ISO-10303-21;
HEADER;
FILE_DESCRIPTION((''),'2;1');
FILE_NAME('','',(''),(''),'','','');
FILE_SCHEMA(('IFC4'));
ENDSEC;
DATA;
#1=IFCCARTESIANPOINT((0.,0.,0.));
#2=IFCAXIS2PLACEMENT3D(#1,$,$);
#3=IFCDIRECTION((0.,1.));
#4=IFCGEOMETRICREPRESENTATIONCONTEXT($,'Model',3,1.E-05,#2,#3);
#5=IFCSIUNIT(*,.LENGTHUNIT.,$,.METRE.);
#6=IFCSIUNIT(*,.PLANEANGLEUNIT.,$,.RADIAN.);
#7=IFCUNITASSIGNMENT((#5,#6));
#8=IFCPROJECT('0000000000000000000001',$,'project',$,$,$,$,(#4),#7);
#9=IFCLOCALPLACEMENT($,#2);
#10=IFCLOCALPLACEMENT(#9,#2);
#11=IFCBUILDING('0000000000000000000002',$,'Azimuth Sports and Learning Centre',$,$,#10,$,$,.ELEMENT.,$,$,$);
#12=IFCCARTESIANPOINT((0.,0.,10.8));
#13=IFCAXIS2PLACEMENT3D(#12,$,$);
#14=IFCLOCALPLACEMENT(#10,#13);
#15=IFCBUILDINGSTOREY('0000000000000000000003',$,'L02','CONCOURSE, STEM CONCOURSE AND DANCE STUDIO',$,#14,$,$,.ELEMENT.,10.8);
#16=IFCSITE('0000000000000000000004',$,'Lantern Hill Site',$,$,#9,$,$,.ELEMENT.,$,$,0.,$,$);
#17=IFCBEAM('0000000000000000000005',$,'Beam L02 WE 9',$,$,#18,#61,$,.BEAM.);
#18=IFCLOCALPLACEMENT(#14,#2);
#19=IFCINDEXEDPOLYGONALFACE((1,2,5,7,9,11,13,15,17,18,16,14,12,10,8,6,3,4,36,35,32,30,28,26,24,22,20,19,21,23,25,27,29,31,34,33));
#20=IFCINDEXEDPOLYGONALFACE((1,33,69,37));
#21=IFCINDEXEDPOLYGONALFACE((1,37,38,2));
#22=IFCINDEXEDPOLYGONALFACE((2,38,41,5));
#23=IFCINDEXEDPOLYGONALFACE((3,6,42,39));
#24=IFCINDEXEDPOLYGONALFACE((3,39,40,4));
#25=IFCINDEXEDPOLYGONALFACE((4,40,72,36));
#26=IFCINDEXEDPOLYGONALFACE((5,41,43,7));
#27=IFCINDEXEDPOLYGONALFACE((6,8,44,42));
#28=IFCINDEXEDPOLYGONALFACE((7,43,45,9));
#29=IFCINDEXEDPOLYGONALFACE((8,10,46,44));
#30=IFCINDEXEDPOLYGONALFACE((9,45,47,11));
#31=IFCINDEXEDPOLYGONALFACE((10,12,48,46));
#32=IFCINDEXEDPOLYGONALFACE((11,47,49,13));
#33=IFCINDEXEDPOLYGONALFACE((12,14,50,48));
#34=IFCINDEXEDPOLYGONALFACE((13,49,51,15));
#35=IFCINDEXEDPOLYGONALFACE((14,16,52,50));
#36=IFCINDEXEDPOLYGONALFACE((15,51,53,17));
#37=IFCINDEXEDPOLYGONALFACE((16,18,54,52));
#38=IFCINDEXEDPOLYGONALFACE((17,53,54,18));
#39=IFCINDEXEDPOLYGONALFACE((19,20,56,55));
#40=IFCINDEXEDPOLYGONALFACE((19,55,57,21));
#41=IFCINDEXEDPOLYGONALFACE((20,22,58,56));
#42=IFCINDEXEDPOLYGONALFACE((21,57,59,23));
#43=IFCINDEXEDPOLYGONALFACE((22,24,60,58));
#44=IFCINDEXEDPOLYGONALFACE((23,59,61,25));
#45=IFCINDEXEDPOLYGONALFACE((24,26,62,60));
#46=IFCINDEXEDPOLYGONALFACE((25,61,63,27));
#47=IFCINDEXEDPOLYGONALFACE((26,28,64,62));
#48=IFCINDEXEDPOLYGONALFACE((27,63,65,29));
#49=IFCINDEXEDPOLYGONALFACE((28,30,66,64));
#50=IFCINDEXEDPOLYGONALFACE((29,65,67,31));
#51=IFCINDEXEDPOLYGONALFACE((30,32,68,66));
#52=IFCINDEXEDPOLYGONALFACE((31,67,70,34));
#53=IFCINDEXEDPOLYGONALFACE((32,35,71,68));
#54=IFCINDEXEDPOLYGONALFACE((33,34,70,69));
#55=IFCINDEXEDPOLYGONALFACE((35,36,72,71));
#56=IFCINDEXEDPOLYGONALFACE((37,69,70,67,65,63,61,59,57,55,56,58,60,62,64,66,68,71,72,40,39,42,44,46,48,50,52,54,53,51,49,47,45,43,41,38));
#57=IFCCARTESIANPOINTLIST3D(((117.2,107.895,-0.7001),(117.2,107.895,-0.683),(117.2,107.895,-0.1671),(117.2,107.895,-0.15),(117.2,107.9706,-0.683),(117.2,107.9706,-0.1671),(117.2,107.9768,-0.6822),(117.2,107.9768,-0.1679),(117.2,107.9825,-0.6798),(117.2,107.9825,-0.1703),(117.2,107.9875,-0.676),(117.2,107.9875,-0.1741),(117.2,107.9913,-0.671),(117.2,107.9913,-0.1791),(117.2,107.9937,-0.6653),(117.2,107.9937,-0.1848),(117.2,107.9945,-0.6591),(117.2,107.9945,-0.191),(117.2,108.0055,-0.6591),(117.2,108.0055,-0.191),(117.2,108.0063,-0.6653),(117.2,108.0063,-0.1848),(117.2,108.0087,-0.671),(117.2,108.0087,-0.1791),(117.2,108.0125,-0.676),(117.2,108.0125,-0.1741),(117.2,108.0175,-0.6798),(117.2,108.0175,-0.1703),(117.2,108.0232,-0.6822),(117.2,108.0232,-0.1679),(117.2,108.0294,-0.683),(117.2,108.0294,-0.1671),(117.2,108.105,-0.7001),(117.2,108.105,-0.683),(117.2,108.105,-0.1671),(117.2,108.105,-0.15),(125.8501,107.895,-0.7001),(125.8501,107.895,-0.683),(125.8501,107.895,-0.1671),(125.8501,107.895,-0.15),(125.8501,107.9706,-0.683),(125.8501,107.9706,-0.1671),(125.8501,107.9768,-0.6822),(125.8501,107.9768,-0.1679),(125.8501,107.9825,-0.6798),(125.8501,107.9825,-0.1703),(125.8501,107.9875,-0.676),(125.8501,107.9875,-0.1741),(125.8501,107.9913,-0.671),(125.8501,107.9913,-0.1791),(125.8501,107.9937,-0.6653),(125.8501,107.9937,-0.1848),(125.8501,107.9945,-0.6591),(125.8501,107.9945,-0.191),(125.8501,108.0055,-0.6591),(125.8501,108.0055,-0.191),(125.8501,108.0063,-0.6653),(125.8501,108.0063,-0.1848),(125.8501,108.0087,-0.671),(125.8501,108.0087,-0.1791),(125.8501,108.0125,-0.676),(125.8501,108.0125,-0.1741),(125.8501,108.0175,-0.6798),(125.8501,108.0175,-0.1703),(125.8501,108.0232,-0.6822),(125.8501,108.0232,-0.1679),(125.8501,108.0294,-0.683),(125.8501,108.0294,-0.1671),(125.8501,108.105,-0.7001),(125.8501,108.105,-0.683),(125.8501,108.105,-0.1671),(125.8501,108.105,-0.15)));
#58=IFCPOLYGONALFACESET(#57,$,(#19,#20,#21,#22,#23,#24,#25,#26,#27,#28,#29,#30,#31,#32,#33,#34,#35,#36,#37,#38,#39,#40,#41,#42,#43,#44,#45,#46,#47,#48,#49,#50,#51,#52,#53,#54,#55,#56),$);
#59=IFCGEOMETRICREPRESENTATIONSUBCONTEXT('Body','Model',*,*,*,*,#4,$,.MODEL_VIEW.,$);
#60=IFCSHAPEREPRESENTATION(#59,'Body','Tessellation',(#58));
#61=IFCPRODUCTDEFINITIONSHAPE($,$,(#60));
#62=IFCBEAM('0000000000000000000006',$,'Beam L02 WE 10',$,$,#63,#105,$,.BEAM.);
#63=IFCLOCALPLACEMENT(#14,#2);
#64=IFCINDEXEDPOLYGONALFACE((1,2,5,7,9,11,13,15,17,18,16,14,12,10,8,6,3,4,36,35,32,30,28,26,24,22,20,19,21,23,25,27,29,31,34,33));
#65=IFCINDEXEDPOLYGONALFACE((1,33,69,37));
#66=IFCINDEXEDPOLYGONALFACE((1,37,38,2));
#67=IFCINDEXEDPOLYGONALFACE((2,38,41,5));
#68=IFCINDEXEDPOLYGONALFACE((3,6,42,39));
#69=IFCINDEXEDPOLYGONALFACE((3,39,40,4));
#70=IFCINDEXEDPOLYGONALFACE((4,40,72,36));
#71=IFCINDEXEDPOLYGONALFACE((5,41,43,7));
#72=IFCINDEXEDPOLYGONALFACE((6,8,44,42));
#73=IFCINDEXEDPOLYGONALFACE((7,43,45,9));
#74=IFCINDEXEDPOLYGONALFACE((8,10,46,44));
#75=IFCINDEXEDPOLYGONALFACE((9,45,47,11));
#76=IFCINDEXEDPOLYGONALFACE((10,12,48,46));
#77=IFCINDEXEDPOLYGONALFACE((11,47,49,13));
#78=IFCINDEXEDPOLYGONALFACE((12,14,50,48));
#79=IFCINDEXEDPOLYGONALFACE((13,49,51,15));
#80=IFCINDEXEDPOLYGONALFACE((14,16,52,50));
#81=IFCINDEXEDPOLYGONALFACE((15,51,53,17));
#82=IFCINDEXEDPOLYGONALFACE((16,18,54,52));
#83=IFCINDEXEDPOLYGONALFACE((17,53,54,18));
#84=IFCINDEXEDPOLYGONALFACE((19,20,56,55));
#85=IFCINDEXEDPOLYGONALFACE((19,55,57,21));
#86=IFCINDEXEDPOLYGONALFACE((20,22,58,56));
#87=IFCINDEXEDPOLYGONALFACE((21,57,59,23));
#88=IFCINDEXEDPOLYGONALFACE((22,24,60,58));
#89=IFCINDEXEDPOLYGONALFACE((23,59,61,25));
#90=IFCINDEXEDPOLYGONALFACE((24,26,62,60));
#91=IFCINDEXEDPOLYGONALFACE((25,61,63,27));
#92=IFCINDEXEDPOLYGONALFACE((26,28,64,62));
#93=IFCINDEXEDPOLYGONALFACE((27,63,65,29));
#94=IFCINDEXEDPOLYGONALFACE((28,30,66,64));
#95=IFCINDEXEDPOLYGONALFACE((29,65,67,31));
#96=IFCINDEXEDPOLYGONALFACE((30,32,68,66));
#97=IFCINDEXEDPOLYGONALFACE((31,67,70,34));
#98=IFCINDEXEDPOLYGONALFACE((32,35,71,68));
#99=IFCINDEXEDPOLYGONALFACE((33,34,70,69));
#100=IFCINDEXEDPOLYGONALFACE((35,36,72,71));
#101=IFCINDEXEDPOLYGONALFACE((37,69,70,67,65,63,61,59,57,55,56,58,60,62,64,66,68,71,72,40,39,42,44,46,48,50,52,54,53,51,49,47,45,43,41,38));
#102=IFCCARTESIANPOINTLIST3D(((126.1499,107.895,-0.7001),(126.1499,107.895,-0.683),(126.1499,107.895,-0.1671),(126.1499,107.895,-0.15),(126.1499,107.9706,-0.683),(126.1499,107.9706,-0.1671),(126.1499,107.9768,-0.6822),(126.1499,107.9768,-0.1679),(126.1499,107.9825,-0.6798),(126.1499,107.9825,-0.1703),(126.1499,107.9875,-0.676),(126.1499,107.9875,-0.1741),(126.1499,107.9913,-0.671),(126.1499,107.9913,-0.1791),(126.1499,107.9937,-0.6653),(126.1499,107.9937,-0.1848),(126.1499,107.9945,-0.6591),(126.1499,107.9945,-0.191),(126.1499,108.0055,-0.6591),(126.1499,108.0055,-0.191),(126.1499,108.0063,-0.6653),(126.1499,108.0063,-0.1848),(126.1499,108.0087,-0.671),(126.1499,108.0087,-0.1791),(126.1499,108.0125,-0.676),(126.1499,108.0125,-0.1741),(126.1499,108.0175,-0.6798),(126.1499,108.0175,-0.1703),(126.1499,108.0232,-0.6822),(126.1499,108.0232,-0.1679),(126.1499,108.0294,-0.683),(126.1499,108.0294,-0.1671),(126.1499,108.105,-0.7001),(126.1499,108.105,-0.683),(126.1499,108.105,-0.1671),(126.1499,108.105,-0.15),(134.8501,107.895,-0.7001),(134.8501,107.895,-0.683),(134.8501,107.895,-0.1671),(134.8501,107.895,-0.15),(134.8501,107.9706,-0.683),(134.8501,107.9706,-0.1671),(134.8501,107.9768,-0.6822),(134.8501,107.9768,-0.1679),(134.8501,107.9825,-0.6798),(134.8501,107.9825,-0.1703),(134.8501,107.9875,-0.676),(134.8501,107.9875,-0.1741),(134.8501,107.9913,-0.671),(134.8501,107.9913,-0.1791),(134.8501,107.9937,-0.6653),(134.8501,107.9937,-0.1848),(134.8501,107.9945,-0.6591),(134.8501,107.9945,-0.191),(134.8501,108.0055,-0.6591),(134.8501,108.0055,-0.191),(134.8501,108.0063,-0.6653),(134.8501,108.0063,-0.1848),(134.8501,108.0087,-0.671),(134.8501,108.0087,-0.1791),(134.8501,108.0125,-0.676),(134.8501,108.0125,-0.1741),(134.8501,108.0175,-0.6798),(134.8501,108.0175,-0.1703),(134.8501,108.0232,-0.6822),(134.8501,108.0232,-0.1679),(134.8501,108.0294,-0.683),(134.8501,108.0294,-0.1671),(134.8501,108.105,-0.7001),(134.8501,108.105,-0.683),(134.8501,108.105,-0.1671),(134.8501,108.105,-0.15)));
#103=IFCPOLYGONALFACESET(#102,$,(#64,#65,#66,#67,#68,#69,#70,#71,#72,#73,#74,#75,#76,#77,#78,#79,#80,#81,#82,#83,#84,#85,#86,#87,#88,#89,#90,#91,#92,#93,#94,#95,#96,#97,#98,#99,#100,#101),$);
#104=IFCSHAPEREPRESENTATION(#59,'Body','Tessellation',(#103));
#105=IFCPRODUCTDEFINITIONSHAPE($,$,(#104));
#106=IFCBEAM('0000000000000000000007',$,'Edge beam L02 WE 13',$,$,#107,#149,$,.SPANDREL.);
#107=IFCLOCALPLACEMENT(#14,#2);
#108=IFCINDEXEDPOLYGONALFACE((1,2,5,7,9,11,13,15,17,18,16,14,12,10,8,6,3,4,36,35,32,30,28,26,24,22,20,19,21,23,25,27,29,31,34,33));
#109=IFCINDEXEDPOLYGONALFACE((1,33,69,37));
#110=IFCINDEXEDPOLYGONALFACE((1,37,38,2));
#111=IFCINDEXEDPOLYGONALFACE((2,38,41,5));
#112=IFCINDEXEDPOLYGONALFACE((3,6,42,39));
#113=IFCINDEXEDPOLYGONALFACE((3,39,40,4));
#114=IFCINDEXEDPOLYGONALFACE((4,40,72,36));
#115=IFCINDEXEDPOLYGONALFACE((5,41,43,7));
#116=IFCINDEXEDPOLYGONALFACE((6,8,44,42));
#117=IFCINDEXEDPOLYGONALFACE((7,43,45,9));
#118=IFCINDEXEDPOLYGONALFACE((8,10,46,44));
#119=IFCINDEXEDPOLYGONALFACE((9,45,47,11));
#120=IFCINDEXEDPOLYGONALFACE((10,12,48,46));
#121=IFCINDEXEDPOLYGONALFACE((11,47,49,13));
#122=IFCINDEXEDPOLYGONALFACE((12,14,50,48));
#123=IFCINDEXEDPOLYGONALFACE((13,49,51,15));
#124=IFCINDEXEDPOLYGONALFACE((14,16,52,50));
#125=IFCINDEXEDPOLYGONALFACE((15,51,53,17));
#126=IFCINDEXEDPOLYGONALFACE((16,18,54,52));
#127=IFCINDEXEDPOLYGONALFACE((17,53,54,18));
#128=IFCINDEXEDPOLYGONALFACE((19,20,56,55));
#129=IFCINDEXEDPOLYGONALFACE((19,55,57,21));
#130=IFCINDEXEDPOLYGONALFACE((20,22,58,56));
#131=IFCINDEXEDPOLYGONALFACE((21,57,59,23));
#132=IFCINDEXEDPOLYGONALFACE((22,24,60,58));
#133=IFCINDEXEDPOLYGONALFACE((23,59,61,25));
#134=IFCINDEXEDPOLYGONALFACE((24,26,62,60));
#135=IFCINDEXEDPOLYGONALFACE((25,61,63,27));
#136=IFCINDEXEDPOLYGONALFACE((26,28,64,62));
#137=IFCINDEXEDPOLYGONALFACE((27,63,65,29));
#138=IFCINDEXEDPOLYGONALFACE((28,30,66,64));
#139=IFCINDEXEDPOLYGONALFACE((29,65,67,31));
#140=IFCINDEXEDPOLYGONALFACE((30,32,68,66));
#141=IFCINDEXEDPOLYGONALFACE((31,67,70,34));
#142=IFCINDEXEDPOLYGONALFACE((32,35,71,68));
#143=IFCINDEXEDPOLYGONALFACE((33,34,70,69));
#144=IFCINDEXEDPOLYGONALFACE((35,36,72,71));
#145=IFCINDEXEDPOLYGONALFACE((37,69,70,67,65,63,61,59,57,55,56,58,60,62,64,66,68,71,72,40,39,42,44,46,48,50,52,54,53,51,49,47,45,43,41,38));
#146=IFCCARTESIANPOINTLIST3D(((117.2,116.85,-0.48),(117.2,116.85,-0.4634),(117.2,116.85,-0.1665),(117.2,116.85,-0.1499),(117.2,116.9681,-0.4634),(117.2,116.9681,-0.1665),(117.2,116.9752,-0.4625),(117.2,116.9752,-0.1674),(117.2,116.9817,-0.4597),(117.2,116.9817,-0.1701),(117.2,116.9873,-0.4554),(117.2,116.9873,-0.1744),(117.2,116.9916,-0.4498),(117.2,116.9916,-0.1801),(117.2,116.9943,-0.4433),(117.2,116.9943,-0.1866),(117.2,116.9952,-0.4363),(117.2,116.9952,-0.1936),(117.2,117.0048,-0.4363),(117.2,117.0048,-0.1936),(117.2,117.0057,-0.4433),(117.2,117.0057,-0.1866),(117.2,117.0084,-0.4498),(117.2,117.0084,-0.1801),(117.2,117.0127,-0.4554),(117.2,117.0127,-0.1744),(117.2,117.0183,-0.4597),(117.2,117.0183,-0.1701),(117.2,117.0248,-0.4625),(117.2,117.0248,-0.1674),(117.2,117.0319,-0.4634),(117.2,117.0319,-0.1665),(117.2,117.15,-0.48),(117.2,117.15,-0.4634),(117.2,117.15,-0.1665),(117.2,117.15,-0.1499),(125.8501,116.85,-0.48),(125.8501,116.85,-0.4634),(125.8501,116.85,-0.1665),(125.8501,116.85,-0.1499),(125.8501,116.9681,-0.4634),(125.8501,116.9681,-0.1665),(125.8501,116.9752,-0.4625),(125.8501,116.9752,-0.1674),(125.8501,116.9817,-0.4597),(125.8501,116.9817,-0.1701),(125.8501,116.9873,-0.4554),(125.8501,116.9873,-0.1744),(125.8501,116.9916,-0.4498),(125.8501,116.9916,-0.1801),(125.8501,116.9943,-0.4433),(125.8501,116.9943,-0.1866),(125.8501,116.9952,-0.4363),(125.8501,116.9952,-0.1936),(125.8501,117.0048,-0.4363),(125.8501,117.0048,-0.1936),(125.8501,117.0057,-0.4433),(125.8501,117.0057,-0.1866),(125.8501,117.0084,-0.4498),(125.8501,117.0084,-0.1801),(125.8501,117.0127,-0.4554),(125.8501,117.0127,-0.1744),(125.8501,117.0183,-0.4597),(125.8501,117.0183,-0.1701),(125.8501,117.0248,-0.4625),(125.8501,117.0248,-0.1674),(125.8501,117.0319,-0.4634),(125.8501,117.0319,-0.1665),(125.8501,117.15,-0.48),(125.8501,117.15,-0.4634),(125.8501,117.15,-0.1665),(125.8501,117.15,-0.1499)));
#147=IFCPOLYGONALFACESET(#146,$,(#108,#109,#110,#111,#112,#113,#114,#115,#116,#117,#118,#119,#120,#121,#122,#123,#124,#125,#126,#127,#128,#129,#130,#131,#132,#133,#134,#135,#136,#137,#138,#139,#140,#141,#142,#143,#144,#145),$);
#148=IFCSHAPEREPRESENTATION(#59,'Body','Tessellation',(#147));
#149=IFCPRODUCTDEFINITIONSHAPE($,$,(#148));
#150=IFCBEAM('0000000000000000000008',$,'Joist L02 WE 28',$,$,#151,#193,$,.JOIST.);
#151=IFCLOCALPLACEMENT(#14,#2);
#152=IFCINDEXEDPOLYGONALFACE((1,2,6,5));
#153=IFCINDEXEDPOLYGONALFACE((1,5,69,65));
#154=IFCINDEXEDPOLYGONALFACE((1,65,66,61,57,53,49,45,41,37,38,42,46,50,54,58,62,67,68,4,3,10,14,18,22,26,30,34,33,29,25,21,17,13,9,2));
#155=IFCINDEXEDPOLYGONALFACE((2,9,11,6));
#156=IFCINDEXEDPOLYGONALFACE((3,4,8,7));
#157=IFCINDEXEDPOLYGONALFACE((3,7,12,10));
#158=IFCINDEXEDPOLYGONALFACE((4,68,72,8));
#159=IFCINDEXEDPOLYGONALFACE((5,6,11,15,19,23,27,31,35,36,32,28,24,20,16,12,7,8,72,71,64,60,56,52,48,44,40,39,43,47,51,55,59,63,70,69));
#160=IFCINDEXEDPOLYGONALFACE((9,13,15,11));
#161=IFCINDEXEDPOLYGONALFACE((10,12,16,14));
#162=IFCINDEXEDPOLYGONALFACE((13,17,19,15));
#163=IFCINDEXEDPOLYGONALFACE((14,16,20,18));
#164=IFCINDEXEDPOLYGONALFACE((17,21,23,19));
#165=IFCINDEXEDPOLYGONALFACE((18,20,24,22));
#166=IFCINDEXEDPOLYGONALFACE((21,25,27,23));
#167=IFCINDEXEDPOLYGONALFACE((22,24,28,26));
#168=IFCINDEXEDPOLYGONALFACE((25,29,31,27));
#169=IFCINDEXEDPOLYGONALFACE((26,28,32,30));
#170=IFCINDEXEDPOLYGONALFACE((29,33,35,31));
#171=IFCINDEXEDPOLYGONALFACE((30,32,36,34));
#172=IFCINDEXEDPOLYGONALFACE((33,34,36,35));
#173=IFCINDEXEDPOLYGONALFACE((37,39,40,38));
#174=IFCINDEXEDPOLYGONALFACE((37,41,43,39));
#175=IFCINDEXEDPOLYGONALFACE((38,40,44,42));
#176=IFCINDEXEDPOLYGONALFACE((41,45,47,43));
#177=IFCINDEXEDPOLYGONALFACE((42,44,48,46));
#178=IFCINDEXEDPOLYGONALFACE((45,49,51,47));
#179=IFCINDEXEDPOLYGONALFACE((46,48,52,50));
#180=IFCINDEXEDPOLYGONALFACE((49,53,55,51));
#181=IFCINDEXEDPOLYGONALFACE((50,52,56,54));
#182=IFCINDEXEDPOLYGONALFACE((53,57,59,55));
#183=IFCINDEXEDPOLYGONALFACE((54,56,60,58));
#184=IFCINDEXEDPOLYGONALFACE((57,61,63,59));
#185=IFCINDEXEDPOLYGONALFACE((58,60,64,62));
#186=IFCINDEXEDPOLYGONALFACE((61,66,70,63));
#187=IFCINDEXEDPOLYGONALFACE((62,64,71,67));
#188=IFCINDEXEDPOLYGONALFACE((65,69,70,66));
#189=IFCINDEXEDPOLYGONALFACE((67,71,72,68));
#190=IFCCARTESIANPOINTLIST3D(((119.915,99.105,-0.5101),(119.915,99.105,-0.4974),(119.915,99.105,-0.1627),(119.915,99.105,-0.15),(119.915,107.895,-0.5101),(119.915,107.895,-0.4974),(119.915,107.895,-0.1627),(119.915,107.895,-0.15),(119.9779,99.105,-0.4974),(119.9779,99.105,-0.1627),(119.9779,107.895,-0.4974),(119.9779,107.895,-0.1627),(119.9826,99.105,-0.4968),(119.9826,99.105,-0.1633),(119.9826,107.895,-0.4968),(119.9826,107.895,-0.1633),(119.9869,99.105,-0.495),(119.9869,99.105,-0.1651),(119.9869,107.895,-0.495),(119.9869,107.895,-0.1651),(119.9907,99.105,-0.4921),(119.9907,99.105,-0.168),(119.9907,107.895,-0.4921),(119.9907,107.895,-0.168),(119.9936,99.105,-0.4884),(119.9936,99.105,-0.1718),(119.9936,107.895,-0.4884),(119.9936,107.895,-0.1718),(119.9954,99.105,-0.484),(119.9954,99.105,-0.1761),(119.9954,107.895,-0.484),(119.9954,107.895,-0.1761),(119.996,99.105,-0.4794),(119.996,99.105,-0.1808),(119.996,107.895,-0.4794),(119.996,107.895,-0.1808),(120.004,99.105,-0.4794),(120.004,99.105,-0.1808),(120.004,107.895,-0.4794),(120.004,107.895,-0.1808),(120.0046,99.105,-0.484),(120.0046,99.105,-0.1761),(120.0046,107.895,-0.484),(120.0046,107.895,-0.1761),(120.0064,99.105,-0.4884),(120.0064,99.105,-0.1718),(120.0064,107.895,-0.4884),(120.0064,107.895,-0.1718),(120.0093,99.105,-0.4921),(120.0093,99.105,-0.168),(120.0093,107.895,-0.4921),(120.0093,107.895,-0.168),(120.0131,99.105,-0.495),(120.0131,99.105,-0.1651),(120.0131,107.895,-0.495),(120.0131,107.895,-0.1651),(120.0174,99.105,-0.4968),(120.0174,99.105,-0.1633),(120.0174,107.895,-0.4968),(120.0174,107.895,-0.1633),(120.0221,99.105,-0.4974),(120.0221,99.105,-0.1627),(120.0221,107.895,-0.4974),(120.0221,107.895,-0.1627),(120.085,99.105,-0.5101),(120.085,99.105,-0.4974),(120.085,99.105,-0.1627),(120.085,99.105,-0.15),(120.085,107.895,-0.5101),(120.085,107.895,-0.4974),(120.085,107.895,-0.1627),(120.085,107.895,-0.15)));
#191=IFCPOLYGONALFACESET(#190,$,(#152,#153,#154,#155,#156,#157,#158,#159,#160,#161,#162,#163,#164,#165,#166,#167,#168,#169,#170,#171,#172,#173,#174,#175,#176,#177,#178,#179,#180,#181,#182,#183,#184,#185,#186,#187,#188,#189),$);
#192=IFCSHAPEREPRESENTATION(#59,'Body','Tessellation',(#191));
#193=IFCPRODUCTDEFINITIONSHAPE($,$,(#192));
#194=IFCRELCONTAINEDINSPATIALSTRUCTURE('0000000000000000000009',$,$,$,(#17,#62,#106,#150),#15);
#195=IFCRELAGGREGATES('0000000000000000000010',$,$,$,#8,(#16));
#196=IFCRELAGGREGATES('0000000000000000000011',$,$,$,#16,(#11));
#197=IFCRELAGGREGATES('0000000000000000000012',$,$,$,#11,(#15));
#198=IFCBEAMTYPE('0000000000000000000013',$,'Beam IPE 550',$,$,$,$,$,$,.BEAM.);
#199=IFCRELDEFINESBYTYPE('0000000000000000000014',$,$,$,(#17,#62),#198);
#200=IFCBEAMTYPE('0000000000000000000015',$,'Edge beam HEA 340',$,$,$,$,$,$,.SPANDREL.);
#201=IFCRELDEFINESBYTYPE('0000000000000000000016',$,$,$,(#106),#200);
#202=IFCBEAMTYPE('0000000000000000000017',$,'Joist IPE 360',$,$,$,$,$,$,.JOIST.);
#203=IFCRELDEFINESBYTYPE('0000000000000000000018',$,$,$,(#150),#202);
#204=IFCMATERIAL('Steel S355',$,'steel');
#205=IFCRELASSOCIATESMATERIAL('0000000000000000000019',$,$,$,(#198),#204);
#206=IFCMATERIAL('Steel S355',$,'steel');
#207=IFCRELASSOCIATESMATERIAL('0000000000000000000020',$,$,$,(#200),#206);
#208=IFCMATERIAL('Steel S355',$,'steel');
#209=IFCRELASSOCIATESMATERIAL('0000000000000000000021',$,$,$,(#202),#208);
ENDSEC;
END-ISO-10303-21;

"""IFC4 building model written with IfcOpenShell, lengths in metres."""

from ifc_helpers import new_model, si_unit, direction, frame, origin, origin_2d, place, context, subcontext, project, spatial, i_section, extrude, material, material_profile, profile_set, type_object, element, save


model = new_model("IFC4")

# Units and contexts
model_context = context("Model", 3, precision=1e-05, world=origin(), true_north=direction((0.0, 1.0)))
body_context = subcontext(model_context, "Body", "Model", "MODEL_VIEW")
ifc_project = project(units=[si_unit("LENGTHUNIT", "METRE"), si_unit("PLANEANGLEUNIT", "RADIAN")], contexts=[model_context])

# Site, building, storey
site_placement = place(None, origin())
site = spatial("IfcSite", under=ifc_project, at=site_placement, Name="Lantern Hill Site", CompositionType="ELEMENT", RefElevation=0.0)
building_placement = place(site_placement, origin())
building = spatial("IfcBuilding", under=site, at=building_placement, Name="Azimuth Sports and Learning Centre", CompositionType="ELEMENT")
storey_placement = place(building_placement, frame((0.0, 0.0, 10.8)))
storey = spatial("IfcBuildingStorey", under=building, at=storey_placement, Name="L02", Description="CONCOURSE, STEM CONCOURSE AND DANCE STUDIO", CompositionType="ELEMENT", Elevation=10.8)

# Beams
ifc_material_1 = material(Name="Steel S355", Category="steel")
ifc_material_profile_1 = material_profile(ifc_material_1, i_section(OverallWidth=0.21, OverallDepth=0.55, WebThickness=0.011, FlangeThickness=0.0171, FilletRadius=0.0239, at=origin_2d()), Name="IPE 550")
ifc_profile_set_1 = profile_set([ifc_material_profile_1], Name="Steel S355")
beam_type_1 = type_object("IfcBeamType", Name="Beam IPE 550", PredefinedType="BEAM", material=ifc_profile_set_1)
beam_1_placement = place(storey_placement, frame((117.2, 108.0, -0.425), z_axis=(1.0, 0.0, 0.0), x_axis=(0.0, 1.0, 0.0)))
element("IfcBeam", 1, at=beam_1_placement, inside=storey, type_object=beam_type_1, Name="Beam L02 WE 9", PredefinedType="BEAM", context=body_context, shape_type="SweptSolid", body=[
    extrude(i_section(OverallWidth=0.21, OverallDepth=0.55, WebThickness=0.011, FlangeThickness=0.0171, FilletRadius=0.0239, at=origin_2d()), origin(), (0.0, 0.0, 1.0), 8.6501),
])
beam_2_placement = place(storey_placement, frame((126.1499, 108.0, -0.425), z_axis=(1.0, 0.0, 0.0), x_axis=(0.0, 1.0, 0.0)))
element("IfcBeam", 2, at=beam_2_placement, inside=storey, type_object=beam_type_1, Name="Beam L02 WE 10", PredefinedType="BEAM", context=body_context, shape_type="SweptSolid", body=[
    extrude(i_section(OverallWidth=0.21, OverallDepth=0.55, WebThickness=0.011, FlangeThickness=0.0171, FilletRadius=0.0239, at=origin_2d()), origin(), (0.0, 0.0, 1.0), 8.7002),
])
ifc_material_2 = material(Name="Steel S355", Category="steel")
ifc_material_profile_2 = material_profile(ifc_material_2, i_section(OverallWidth=0.3, OverallDepth=0.3301, WebThickness=0.0095, FlangeThickness=0.0166, FilletRadius=0.0271, at=origin_2d()), Name="HEA 340")
ifc_profile_set_2 = profile_set([ifc_material_profile_2], Name="Steel S355")
beam_type_2 = type_object("IfcBeamType", Name="Edge beam HEA 340", PredefinedType="SPANDREL", material=ifc_profile_set_2)
beam_3_placement = place(storey_placement, frame((117.2, 117.0, -0.3149), z_axis=(1.0, 0.0, 0.0), x_axis=(0.0, 1.0, 0.0)))
element("IfcBeam", 3, at=beam_3_placement, inside=storey, type_object=beam_type_2, Name="Edge beam L02 WE 13", PredefinedType="SPANDREL", context=body_context, shape_type="SweptSolid", body=[
    extrude(i_section(OverallWidth=0.3, OverallDepth=0.3301, WebThickness=0.0095, FlangeThickness=0.0166, FilletRadius=0.0271, at=origin_2d()), origin(), (0.0, 0.0, 1.0), 8.6501),
])
ifc_material_3 = material(Name="Steel S355", Category="steel")
ifc_material_profile_3 = material_profile(ifc_material_3, i_section(OverallWidth=0.1699, OverallDepth=0.3601, WebThickness=0.0081, FlangeThickness=0.0127, FilletRadius=0.0181, at=origin_2d()), Name="IPE 360")
ifc_profile_set_3 = profile_set([ifc_material_profile_3], Name="Steel S355")
beam_type_3 = type_object("IfcBeamType", Name="Joist IPE 360", PredefinedType="JOIST", material=ifc_profile_set_3)
beam_4_placement = place(storey_placement, frame((120.0, 99.105, -0.3301), z_axis=(0.0, 1.0, 0.0), x_axis=(-1.0, 0.0, 0.0)))
element("IfcBeam", 4, at=beam_4_placement, inside=storey, type_object=beam_type_3, Name="Joist L02 WE 28", PredefinedType="JOIST", context=body_context, shape_type="SweptSolid", body=[
    extrude(i_section(OverallWidth=0.1699, OverallDepth=0.3601, WebThickness=0.0081, FlangeThickness=0.0127, FilletRadius=0.0181, at=origin_2d()), origin(), (0.0, 0.0, 1.0), 8.79),
])

save(model, "model.ifc")
